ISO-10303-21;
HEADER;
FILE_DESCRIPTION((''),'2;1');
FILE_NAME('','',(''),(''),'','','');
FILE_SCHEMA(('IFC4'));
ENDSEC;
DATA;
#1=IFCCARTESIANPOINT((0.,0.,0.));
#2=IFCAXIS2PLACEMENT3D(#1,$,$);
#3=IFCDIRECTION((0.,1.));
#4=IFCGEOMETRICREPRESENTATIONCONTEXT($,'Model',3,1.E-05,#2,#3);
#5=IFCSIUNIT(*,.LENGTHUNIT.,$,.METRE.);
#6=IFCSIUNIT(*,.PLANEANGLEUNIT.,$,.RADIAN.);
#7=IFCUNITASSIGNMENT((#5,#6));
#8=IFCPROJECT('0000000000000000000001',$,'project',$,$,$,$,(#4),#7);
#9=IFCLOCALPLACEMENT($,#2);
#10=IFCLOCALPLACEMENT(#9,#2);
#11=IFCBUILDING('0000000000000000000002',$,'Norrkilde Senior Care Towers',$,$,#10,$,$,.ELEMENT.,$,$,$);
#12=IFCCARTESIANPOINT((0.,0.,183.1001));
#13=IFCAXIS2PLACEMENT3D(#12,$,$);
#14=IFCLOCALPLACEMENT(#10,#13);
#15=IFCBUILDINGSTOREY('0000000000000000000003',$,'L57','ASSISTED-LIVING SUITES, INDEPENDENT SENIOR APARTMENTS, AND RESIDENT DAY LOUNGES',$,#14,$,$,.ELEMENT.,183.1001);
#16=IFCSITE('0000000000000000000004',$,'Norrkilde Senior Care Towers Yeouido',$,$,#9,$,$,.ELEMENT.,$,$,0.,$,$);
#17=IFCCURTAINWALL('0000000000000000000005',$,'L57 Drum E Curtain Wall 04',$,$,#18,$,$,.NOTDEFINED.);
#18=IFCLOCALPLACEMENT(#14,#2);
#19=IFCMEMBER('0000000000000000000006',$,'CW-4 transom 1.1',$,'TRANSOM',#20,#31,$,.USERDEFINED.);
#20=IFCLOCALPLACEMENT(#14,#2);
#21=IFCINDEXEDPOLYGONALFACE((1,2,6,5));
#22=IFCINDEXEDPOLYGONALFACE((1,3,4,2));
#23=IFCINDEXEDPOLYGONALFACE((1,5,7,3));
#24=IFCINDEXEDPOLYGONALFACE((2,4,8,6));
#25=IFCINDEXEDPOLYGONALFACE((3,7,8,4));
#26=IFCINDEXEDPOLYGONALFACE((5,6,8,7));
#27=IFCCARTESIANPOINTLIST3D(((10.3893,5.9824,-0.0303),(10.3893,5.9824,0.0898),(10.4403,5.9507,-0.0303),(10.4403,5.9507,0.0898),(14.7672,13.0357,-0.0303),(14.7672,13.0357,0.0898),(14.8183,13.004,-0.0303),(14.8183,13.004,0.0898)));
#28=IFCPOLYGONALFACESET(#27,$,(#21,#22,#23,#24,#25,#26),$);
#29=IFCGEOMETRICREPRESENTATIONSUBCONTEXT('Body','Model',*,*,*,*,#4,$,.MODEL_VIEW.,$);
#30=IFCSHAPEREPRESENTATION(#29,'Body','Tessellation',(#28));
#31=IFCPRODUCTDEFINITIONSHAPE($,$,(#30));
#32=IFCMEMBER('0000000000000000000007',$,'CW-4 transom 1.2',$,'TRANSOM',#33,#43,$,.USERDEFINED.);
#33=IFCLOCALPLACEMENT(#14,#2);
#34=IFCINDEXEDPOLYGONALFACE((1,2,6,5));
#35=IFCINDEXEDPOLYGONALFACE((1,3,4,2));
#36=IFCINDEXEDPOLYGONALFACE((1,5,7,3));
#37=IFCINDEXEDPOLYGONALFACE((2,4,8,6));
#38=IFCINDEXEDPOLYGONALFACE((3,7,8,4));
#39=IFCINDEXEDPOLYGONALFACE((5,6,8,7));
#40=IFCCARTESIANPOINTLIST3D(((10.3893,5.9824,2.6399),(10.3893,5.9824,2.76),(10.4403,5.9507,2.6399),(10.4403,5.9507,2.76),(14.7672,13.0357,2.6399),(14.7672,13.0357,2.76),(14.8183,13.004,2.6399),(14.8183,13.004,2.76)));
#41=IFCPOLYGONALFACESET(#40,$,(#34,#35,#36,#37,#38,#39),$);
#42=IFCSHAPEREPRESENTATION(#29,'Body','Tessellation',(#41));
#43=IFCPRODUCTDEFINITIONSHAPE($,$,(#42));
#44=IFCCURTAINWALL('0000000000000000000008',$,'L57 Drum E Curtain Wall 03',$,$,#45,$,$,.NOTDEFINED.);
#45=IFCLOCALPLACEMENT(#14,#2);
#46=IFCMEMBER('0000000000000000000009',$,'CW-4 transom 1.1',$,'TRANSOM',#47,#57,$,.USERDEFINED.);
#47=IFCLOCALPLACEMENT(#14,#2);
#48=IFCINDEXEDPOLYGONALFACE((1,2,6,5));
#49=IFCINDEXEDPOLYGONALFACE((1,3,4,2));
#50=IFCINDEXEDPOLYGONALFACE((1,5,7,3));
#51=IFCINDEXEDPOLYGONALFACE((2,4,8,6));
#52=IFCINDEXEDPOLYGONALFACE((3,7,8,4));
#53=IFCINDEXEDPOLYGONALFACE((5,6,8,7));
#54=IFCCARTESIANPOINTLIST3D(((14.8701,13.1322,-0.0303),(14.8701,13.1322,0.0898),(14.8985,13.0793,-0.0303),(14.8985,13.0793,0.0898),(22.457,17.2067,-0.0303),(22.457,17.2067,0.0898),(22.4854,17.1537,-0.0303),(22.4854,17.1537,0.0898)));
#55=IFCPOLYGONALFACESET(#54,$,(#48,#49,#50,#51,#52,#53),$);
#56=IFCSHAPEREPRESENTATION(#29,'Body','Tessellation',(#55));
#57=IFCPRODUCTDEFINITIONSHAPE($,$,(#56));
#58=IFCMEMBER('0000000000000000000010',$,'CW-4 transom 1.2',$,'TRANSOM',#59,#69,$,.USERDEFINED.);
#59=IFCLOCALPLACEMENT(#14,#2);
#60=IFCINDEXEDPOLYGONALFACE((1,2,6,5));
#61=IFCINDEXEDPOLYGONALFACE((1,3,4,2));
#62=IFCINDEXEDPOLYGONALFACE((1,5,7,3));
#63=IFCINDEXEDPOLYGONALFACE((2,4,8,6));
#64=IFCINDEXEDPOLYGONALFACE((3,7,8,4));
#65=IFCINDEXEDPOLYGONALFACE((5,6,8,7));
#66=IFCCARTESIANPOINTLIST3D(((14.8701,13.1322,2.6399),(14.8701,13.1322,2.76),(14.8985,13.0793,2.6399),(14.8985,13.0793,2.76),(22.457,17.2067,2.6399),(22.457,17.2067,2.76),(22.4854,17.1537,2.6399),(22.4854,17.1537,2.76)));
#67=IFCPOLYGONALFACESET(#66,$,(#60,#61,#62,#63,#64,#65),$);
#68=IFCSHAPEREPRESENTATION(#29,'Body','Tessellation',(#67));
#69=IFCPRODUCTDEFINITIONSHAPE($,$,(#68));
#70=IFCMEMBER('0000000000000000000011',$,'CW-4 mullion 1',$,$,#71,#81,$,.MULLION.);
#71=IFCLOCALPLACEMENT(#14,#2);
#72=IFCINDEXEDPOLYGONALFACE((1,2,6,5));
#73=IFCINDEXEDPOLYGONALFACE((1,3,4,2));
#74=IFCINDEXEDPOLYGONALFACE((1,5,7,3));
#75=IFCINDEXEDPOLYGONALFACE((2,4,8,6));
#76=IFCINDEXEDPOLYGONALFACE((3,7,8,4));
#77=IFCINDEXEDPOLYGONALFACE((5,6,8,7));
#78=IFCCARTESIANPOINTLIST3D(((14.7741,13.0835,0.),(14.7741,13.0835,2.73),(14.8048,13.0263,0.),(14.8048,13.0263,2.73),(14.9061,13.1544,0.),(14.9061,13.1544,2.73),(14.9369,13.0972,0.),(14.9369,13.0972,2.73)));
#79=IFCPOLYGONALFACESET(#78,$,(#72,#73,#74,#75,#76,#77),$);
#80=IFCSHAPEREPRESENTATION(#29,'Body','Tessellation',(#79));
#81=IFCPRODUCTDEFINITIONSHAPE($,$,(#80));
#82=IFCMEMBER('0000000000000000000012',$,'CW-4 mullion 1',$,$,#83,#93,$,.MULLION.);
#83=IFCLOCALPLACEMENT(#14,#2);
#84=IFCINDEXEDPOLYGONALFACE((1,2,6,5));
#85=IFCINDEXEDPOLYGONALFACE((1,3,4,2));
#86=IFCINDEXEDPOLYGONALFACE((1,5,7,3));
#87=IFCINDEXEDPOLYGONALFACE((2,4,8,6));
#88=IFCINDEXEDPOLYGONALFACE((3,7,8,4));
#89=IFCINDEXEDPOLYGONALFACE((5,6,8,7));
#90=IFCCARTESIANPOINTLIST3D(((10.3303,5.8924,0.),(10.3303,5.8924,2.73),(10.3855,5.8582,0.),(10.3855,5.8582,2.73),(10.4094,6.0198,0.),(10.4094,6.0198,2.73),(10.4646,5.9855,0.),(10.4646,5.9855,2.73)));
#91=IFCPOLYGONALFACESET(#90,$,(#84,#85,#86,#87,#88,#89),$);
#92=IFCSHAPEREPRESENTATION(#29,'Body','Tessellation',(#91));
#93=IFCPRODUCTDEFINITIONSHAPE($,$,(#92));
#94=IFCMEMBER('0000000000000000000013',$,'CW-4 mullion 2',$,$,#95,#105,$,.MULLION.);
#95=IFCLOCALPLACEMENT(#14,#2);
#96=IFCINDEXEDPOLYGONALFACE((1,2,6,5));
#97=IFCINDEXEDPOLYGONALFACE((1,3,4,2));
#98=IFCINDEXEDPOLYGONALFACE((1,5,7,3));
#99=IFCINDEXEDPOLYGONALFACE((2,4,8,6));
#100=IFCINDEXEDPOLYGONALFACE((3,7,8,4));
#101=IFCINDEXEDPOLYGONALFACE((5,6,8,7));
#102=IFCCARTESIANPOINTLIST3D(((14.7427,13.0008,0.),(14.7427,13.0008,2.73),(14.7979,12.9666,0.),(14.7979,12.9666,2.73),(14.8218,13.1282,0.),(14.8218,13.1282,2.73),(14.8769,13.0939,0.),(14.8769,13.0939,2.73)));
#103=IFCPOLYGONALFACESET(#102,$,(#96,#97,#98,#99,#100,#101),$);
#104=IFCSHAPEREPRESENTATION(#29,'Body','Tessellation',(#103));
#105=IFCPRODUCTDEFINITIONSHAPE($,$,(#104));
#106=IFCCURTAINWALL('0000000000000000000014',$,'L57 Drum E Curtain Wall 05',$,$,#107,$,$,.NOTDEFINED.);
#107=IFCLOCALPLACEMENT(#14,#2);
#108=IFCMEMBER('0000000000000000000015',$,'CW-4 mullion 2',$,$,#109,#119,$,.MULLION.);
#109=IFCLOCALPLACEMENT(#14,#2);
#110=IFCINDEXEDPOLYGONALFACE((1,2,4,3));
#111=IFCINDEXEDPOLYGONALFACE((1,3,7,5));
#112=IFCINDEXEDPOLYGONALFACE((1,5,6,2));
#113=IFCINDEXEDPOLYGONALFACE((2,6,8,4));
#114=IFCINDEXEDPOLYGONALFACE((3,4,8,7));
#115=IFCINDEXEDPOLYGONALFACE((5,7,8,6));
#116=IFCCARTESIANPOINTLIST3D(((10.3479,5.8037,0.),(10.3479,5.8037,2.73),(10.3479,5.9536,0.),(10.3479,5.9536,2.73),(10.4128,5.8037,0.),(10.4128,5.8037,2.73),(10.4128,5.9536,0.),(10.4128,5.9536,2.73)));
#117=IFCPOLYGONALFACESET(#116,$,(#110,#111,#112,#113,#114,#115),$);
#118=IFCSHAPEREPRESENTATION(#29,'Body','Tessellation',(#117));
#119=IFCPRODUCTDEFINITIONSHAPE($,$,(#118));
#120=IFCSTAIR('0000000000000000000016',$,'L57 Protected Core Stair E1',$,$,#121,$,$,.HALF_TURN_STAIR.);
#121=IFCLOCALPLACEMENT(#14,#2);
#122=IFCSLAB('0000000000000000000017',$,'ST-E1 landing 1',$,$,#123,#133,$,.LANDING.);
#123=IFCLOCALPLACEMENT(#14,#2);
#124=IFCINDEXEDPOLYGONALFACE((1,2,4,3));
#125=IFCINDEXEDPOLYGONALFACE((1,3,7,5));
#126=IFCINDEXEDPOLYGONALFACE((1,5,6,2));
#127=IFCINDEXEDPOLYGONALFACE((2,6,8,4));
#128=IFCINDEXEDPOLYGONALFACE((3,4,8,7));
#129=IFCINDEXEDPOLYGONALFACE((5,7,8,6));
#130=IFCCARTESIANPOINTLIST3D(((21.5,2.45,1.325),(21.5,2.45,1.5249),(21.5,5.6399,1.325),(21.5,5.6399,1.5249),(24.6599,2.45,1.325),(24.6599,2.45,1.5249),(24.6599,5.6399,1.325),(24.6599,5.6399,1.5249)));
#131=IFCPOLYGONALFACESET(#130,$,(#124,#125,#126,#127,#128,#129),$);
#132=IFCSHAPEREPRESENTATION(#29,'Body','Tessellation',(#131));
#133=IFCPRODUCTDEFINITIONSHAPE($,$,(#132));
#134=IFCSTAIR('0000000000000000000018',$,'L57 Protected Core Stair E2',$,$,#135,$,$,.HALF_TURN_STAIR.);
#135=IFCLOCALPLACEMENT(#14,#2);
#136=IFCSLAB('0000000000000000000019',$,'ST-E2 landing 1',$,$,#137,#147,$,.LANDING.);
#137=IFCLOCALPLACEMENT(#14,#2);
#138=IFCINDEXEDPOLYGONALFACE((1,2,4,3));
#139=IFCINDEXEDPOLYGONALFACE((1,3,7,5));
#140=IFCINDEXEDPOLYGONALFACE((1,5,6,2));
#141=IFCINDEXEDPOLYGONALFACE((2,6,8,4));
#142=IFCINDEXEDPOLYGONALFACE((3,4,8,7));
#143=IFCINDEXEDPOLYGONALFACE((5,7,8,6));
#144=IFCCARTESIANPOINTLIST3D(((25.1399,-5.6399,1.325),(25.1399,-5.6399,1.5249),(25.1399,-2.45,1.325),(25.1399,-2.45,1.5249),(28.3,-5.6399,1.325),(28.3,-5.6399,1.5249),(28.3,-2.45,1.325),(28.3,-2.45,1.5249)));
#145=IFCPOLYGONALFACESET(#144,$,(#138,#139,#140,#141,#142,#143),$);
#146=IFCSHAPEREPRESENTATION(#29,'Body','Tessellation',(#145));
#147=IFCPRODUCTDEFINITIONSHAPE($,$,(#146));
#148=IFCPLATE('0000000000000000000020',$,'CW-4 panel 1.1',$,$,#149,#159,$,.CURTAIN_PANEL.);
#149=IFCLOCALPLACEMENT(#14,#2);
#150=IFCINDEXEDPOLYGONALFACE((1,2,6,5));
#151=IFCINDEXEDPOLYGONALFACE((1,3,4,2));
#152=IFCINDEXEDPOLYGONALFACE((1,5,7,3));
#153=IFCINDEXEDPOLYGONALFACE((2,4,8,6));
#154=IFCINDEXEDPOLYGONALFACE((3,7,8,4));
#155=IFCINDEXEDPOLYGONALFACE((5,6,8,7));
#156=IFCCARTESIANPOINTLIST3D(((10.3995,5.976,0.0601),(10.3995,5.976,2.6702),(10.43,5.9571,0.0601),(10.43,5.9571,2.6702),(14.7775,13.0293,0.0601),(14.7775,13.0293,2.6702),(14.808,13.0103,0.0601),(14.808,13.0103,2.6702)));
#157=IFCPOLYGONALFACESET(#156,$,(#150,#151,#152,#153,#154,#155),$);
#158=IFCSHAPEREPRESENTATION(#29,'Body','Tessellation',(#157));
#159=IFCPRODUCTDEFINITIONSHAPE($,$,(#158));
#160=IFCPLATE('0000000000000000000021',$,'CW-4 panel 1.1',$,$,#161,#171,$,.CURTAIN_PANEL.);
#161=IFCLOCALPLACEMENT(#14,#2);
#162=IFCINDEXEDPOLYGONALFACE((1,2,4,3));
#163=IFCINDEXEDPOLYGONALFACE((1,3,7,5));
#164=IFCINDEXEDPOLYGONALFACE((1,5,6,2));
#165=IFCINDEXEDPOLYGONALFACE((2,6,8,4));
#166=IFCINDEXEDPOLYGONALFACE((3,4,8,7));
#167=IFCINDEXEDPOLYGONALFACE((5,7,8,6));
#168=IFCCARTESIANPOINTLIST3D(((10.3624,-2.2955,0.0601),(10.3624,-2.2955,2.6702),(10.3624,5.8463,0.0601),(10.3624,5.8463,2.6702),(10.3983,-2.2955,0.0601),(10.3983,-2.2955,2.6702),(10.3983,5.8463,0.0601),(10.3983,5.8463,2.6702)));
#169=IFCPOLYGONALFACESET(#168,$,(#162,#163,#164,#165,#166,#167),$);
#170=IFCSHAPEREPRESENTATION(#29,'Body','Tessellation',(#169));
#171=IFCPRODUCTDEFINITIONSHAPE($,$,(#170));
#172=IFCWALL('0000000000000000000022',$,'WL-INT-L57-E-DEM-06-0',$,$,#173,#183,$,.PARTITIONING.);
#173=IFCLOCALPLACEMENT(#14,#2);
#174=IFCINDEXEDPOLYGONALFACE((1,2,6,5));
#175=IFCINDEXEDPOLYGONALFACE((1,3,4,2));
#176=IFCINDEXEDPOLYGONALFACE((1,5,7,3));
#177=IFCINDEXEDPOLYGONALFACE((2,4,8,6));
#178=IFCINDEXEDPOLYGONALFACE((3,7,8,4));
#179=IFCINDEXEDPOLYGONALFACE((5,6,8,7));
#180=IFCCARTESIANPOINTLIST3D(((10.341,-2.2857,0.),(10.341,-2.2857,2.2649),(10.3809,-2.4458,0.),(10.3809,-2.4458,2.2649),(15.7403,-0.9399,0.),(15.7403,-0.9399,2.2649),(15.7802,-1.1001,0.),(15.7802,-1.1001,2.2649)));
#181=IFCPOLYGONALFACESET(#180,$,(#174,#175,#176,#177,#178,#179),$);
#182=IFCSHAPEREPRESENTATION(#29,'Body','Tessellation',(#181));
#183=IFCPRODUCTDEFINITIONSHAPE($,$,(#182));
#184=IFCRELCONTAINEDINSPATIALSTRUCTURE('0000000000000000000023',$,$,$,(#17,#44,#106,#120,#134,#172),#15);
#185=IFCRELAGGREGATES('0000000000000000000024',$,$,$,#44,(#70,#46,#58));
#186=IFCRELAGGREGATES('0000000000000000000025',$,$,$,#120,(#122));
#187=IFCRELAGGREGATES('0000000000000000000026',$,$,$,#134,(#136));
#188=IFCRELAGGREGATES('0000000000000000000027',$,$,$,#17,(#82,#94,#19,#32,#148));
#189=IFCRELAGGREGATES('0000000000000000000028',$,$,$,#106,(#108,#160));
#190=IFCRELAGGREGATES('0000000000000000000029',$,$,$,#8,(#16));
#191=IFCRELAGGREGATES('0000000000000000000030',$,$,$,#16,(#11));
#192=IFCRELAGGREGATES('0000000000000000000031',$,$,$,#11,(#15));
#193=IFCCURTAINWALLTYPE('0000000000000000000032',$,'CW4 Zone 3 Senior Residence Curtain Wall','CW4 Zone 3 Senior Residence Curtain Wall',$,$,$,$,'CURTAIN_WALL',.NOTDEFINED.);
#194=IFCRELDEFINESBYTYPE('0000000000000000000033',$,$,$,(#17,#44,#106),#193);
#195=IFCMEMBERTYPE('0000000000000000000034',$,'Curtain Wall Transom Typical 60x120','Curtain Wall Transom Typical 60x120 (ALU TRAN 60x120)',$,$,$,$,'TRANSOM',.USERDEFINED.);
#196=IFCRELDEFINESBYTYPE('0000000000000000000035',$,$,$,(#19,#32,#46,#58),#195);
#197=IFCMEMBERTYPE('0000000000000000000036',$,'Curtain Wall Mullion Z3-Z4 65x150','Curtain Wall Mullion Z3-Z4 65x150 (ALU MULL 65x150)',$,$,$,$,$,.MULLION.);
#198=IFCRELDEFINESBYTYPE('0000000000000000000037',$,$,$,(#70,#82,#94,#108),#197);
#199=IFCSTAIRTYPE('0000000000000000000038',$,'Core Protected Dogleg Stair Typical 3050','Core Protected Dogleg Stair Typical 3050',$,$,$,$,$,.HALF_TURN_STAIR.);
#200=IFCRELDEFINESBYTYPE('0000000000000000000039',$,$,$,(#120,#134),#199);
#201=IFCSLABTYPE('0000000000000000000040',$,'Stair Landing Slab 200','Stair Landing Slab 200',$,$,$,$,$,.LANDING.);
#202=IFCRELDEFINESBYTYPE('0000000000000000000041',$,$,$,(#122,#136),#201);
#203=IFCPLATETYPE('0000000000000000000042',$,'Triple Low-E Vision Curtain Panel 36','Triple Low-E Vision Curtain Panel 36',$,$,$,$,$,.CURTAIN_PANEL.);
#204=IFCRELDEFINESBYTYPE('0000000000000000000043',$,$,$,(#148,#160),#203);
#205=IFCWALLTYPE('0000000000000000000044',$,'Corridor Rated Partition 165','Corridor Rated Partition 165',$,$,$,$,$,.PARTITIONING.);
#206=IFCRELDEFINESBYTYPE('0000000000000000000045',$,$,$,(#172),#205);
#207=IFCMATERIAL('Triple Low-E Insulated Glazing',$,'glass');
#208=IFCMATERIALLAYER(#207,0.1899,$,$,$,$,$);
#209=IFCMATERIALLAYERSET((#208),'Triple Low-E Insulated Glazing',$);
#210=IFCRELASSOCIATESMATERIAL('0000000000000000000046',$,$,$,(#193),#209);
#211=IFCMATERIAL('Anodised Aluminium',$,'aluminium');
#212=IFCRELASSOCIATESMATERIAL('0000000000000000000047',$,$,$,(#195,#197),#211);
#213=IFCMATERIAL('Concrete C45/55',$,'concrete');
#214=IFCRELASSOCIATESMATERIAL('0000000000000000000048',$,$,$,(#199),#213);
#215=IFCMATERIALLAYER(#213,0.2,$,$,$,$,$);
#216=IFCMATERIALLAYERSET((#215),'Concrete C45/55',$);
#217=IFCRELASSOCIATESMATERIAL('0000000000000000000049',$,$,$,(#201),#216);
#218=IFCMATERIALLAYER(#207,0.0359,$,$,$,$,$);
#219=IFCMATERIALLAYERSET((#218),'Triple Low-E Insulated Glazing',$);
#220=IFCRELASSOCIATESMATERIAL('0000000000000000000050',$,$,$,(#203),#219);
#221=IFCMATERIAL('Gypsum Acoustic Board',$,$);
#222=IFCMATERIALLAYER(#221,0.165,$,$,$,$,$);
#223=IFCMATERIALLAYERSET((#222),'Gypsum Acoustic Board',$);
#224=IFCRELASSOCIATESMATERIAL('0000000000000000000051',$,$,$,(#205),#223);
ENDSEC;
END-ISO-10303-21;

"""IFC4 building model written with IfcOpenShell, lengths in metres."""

from ifc_helpers import new_model, si_unit, direction, frame, frame_2d, origin, origin_2d, place, context, subcontext, project, spatial, polyline, rectangle, outline, extrude, source, transform, mapped, material, layer, layer_set, material_profile, profile_set, type_object, type_shapes, element, aggregate, save


model = new_model("IFC4")

# Units and contexts
model_context = context("Model", 3, precision=1e-05, world=origin(), true_north=direction((0.0, 1.0)))
body_context = subcontext(model_context, "Body", "Model", "MODEL_VIEW")
ifc_project = project(units=[si_unit("LENGTHUNIT", "METRE"), si_unit("PLANEANGLEUNIT", "RADIAN")], contexts=[model_context])

# Site, building, storey
site_placement = place(None, origin())
site = spatial("IfcSite", under=ifc_project, at=site_placement, Name="Norrkilde Senior Care Towers Yeouido", CompositionType="ELEMENT", RefElevation=0.0)
building_placement = place(site_placement, origin())
building = spatial("IfcBuilding", under=site, at=building_placement, Name="Norrkilde Senior Care Towers", CompositionType="ELEMENT")
storey_placement = place(building_placement, frame((0.0, 0.0, 183.1001)))
storey = spatial("IfcBuildingStorey", under=building, at=storey_placement, Name="L57", Description="ASSISTED-LIVING SUITES, INDEPENDENT SENIOR APARTMENTS, AND RESIDENT DAY LOUNGES", CompositionType="ELEMENT", Elevation=183.1001)

# Curtain walls, members
ifc_material_1 = material(Name="Triple Low-E Insulated Glazing", Category="glass")
ifc_layer_1 = layer(ifc_material_1, 0.1899)
ifc_layer_set_1 = layer_set([ifc_layer_1], Name="Triple Low-E Insulated Glazing")
curtain_wall_type = type_object("IfcCurtainWallType", Name="CW4 Zone 3 Senior Residence Curtain Wall", Description="CW4 Zone 3 Senior Residence Curtain Wall", ElementType="CURTAIN_WALL", PredefinedType="NOTDEFINED", material=ifc_layer_set_1)
curtain_wall_1_placement = place(storey_placement, origin())
curtain_wall_1 = element("IfcCurtainWall", 1, at=curtain_wall_1_placement, inside=storey, type_object=curtain_wall_type, Name="L57 Drum E Curtain Wall 04", PredefinedType="NOTDEFINED")
ifc_material_2 = material(Name="Anodised Aluminium", Category="aluminium")
ifc_material_profile_1 = material_profile(ifc_material_2, rectangle(XDim=0.0601, YDim=0.1201, at=origin_2d()), Name="ALU TRAN 60x120")
ifc_profile_set_1 = profile_set([ifc_material_profile_1], Name="Anodised Aluminium")
member_type_1 = type_object("IfcMemberType", Name="Curtain Wall Transom Typical 60x120", Description="Curtain Wall Transom Typical 60x120 (ALU TRAN 60x120)", ElementType="TRANSOM", PredefinedType="USERDEFINED", material=ifc_profile_set_1)
shared_shape_1 = source(origin(), body_context, "Body", "SweptSolid", [
    extrude(rectangle(XDim=0.0601, YDim=0.1201, at=origin_2d()), origin(), (0.0, 0.0, 1.0), 8.3015),
])
member_1_placement = place(storey_placement, frame((10.4148, 5.9666, 0.0298), z_axis=(0.527369, 0.849637, 0.0), x_axis=(-0.849637, 0.527369, 0.0)))
member_1 = element("IfcMember", 2, at=member_1_placement, type_object=member_type_1, Name="CW-4 transom 1.1", ObjectType="TRANSOM", PredefinedType="USERDEFINED", context=body_context, shape_type="MappedRepresentation", body=[
    mapped(shared_shape_1, transform((0.0, 0.0, 0.0), x_axis=(1.0, 0.0, 0.0), y_axis=(0.0, 1.0, 0.0), z_axis=(0.0, 0.0, 1.0), scale=1.0)),
])
member_2_placement = place(storey_placement, frame((10.4148, 5.9666, 2.7), z_axis=(0.527369, 0.849637, 0.0), x_axis=(-0.849637, 0.527369, 0.0)))
member_2 = element("IfcMember", 3, at=member_2_placement, type_object=member_type_1, Name="CW-4 transom 1.2", ObjectType="TRANSOM", PredefinedType="USERDEFINED", context=body_context, shape_type="MappedRepresentation", body=[
    mapped(shared_shape_1, transform((0.0, 0.0, 0.0), x_axis=(1.0, 0.0, 0.0), y_axis=(0.0, 1.0, 0.0), z_axis=(0.0, 0.0, 1.0), scale=1.0)),
])
curtain_wall_2_placement = place(storey_placement, origin())
curtain_wall_2 = element("IfcCurtainWall", 4, at=curtain_wall_2_placement, inside=storey, type_object=curtain_wall_type, Name="L57 Drum E Curtain Wall 03", PredefinedType="NOTDEFINED")
shared_shape_2 = source(origin(), body_context, "Body", "SweptSolid", [
    extrude(rectangle(XDim=0.0601, YDim=0.1201, at=origin_2d()), origin(), (0.0, 0.0, 1.0), 8.6118),
])
type_shapes(member_type_1, [shared_shape_1, shared_shape_2])
member_3_placement = place(storey_placement, frame((14.8843, 13.1057, 0.0298), z_axis=(0.880994, 0.473127, 0.0), x_axis=(-0.473127, 0.880994, 0.0)))
member_3 = element("IfcMember", 5, at=member_3_placement, type_object=member_type_1, Name="CW-4 transom 1.1", ObjectType="TRANSOM", PredefinedType="USERDEFINED", context=body_context, shape_type="MappedRepresentation", body=[
    mapped(shared_shape_2, transform((0.0, 0.0, 0.0), x_axis=(1.0, 0.0, 0.0), y_axis=(0.0, 1.0, 0.0), z_axis=(0.0, 0.0, 1.0), scale=1.0)),
])
member_4_placement = place(storey_placement, frame((14.8843, 13.1057, 2.7), z_axis=(0.880994, 0.473127, 0.0), x_axis=(-0.473127, 0.880994, 0.0)))
member_4 = element("IfcMember", 6, at=member_4_placement, type_object=member_type_1, Name="CW-4 transom 1.2", ObjectType="TRANSOM", PredefinedType="USERDEFINED", context=body_context, shape_type="MappedRepresentation", body=[
    mapped(shared_shape_2, transform((0.0, 0.0, 0.0), x_axis=(1.0, 0.0, 0.0), y_axis=(0.0, 1.0, 0.0), z_axis=(0.0, 0.0, 1.0), scale=1.0)),
])
ifc_material_profile_2 = material_profile(ifc_material_2, rectangle(XDim=0.0649, YDim=0.1499, at=origin_2d()), Name="ALU MULL 65x150")
ifc_profile_set_2 = profile_set([ifc_material_profile_2], Name="Anodised Aluminium")
member_type_2 = type_object("IfcMemberType", Name="Curtain Wall Mullion Z3-Z4 65x150", Description="Curtain Wall Mullion Z3-Z4 65x150 (ALU MULL 65x150)", PredefinedType="MULLION", material=ifc_profile_set_2)
shared_shape_3 = source(origin(), body_context, "Body", "SweptSolid", [
    extrude(rectangle(XDim=0.0649, YDim=0.1499, at=origin_2d()), origin(), (0.0, 0.0, 1.0), 2.73),
])
type_shapes(member_type_2, [shared_shape_3])
member_5_placement = place(storey_placement, frame((14.8555, 13.0903, 0.0), z_axis=(0.0, 0.0, 1.0), x_axis=(-0.473117, 0.881, 0.0)))
member_5 = element("IfcMember", 7, at=member_5_placement, type_object=member_type_2, Name="CW-4 mullion 1", PredefinedType="MULLION", context=body_context, shape_type="MappedRepresentation", body=[
    mapped(shared_shape_3, transform((0.0, 0.0, 0.0), x_axis=(1.0, 0.0, 0.0), y_axis=(0.0, 1.0, 0.0), z_axis=(0.0, 0.0, 1.0), scale=1.0)),
])
aggregate(curtain_wall_2, [member_5, member_3, member_4])

# Members
member_6_placement = place(storey_placement, frame((10.3975, 5.939, 0.0), z_axis=(0.0, 0.0, 1.0), x_axis=(-0.849634, 0.527373, 0.0)))
member_6 = element("IfcMember", 8, at=member_6_placement, type_object=member_type_2, Name="CW-4 mullion 1", PredefinedType="MULLION", context=body_context, shape_type="MappedRepresentation", body=[
    mapped(shared_shape_3, transform((0.0, 0.0, 0.0), x_axis=(1.0, 0.0, 0.0), y_axis=(0.0, 1.0, 0.0), z_axis=(0.0, 0.0, 1.0), scale=1.0)),
])
member_7_placement = place(storey_placement, frame((14.8098, 13.0474, 0.0), z_axis=(0.0, 0.0, 1.0), x_axis=(-0.849634, 0.527373, 0.0)))
member_7 = element("IfcMember", 9, at=member_7_placement, type_object=member_type_2, Name="CW-4 mullion 2", PredefinedType="MULLION", context=body_context, shape_type="MappedRepresentation", body=[
    mapped(shared_shape_3, transform((0.0, 0.0, 0.0), x_axis=(1.0, 0.0, 0.0), y_axis=(0.0, 1.0, 0.0), z_axis=(0.0, 0.0, 1.0), scale=1.0)),
])

# Curtain wall, member
curtain_wall_3_placement = place(storey_placement, origin())
curtain_wall_3 = element("IfcCurtainWall", 10, at=curtain_wall_3_placement, inside=storey, type_object=curtain_wall_type, Name="L57 Drum E Curtain Wall 05", PredefinedType="NOTDEFINED")
member_8_placement = place(storey_placement, frame((10.3804, 5.8787, 0.0), z_axis=(0.0, 0.0, 1.0), x_axis=(-1.0, 0.0, 0.0)))
member_8 = element("IfcMember", 11, at=member_8_placement, type_object=member_type_2, Name="CW-4 mullion 2", PredefinedType="MULLION", context=body_context, shape_type="MappedRepresentation", body=[
    mapped(shared_shape_3, transform((0.0, 0.0, 0.0), x_axis=(1.0, 0.0, 0.0), y_axis=(0.0, 1.0, 0.0), z_axis=(0.0, 0.0, 1.0), scale=1.0)),
])

# Stairs, slabs
ifc_material_3 = material(Name="Concrete C45/55", Category="concrete")
stair_type = type_object("IfcStairType", Name="Core Protected Dogleg Stair Typical 3050", Description="Core Protected Dogleg Stair Typical 3050", PredefinedType="HALF_TURN_STAIR", material=ifc_material_3)
stair_1_placement = place(storey_placement, origin())
stair_1 = element("IfcStair", 12, at=stair_1_placement, inside=storey, type_object=stair_type, Name="L57 Protected Core Stair E1", PredefinedType="HALF_TURN_STAIR")
ifc_layer_2 = layer(ifc_material_3, 0.2)
ifc_layer_set_2 = layer_set([ifc_layer_2], Name="Concrete C45/55")
slab_type = type_object("IfcSlabType", Name="Stair Landing Slab 200", Description="Stair Landing Slab 200", PredefinedType="LANDING", material=ifc_layer_set_2)
slab_1_placement = place(storey_placement, frame((0.0, 0.0, 1.325)))
slab_1 = element("IfcSlab", 13, at=slab_1_placement, type_object=slab_type, Name="ST-E1 landing 1", PredefinedType="LANDING", context=body_context, shape_type="SweptSolid", body=[
    extrude(outline(polyline([(24.6599, 5.6399), (21.5, 5.6399), (21.5, 2.45), (24.6599, 2.45), (24.6599, 5.6399)])), origin(), (0.0, 0.0, 1.0), 0.2),
])
aggregate(stair_1, [slab_1])
stair_2_placement = place(storey_placement, origin())
stair_2 = element("IfcStair", 14, at=stair_2_placement, inside=storey, type_object=stair_type, Name="L57 Protected Core Stair E2", PredefinedType="HALF_TURN_STAIR")
slab_2_placement = place(storey_placement, frame((0.0, 0.0, 1.325)))
slab_2 = element("IfcSlab", 15, at=slab_2_placement, type_object=slab_type, Name="ST-E2 landing 1", PredefinedType="LANDING", context=body_context, shape_type="SweptSolid", body=[
    extrude(outline(polyline([(25.1399, -5.6399), (28.3, -5.6399), (28.3, -2.45), (25.1399, -2.45), (25.1399, -5.6399)])), origin(), (0.0, 0.0, 1.0), 0.2),
])
aggregate(stair_2, [slab_2])

# Plates
ifc_layer_3 = layer(ifc_material_1, 0.0359)
ifc_layer_set_3 = layer_set([ifc_layer_3], Name="Triple Low-E Insulated Glazing")
plate_type = type_object("IfcPlateType", Name="Triple Low-E Vision Curtain Panel 36", Description="Triple Low-E Vision Curtain Panel 36", PredefinedType="CURTAIN_PANEL", material=ifc_layer_set_3)
shared_shape_4 = source(origin(), body_context, "Body", "SweptSolid", [
    extrude(rectangle(XDim=8.3015, YDim=0.0359, at=origin_2d()), origin(), (0.0, 0.0, 1.0), 2.6101),
])
plate_1_placement = place(storey_placement, frame((12.6038, 9.4932, 0.0601), z_axis=(0.0, 0.0, 1.0), x_axis=(0.527373, 0.849634, 0.0)))
plate_1 = element("IfcPlate", 16, at=plate_1_placement, type_object=plate_type, Name="CW-4 panel 1.1", PredefinedType="CURTAIN_PANEL", context=body_context, shape_type="MappedRepresentation", body=[
    mapped(shared_shape_4, transform((0.0, 0.0, 0.0), x_axis=(1.0, 0.0, 0.0), y_axis=(0.0, 1.0, 0.0), z_axis=(0.0, 0.0, 1.0), scale=1.0)),
])
aggregate(curtain_wall_1, [member_6, member_7, member_1, member_2, plate_1])
shared_shape_5 = source(origin(), body_context, "Body", "SweptSolid", [
    extrude(rectangle(XDim=8.1418, YDim=0.0359, at=origin_2d()), origin(), (0.0, 0.0, 1.0), 2.6101),
])
type_shapes(plate_type, [shared_shape_4, shared_shape_5])
plate_2_placement = place(storey_placement, frame((10.3804, 1.7754, 0.0601), z_axis=(0.0, 0.0, 1.0), x_axis=(0.0, 1.0, 0.0)))
plate_2 = element("IfcPlate", 17, at=plate_2_placement, type_object=plate_type, Name="CW-4 panel 1.1", PredefinedType="CURTAIN_PANEL", context=body_context, shape_type="MappedRepresentation", body=[
    mapped(shared_shape_5, transform((0.0, 0.0, 0.0), x_axis=(1.0, 0.0, 0.0), y_axis=(0.0, 1.0, 0.0), z_axis=(0.0, 0.0, 1.0), scale=1.0)),
])
aggregate(curtain_wall_3, [member_8, plate_2])

# Wall
ifc_material_4 = material(Name="Gypsum Acoustic Board")
ifc_layer_4 = layer(ifc_material_4, 0.165)
ifc_layer_set_4 = layer_set([ifc_layer_4], Name="Gypsum Acoustic Board")
wall_type = type_object("IfcWallType", Name="Corridor Rated Partition 165", Description="Corridor Rated Partition 165", PredefinedType="PARTITIONING", material=ifc_layer_set_4)
shared_shape_6 = source(origin(), body_context, "Body", "SweptSolid", [
    extrude(rectangle(XDim=5.5645, YDim=0.165, at=frame_2d((2.7822, 0.0))), origin(), (0.0, 0.0, 1.0), 2.2649),
])
wall_1_placement = place(storey_placement, frame((15.7603, -1.02, 0.0), z_axis=(0.0, 0.0, 1.0), x_axis=(-0.970315, -0.241844, 0.0)))
element("IfcWall", 18, at=wall_1_placement, inside=storey, type_object=wall_type, Name="WL-INT-L57-E-DEM-06-0", PredefinedType="PARTITIONING", context=body_context, shape_type="MappedRepresentation", body=[
    mapped(shared_shape_6, transform((0.0, 0.0, 0.0), x_axis=(1.0, 0.0, 0.0), y_axis=(0.0, 1.0, 0.0), z_axis=(0.0, 0.0, 1.0), scale=1.0)),
])

save(model, "model.ifc")
